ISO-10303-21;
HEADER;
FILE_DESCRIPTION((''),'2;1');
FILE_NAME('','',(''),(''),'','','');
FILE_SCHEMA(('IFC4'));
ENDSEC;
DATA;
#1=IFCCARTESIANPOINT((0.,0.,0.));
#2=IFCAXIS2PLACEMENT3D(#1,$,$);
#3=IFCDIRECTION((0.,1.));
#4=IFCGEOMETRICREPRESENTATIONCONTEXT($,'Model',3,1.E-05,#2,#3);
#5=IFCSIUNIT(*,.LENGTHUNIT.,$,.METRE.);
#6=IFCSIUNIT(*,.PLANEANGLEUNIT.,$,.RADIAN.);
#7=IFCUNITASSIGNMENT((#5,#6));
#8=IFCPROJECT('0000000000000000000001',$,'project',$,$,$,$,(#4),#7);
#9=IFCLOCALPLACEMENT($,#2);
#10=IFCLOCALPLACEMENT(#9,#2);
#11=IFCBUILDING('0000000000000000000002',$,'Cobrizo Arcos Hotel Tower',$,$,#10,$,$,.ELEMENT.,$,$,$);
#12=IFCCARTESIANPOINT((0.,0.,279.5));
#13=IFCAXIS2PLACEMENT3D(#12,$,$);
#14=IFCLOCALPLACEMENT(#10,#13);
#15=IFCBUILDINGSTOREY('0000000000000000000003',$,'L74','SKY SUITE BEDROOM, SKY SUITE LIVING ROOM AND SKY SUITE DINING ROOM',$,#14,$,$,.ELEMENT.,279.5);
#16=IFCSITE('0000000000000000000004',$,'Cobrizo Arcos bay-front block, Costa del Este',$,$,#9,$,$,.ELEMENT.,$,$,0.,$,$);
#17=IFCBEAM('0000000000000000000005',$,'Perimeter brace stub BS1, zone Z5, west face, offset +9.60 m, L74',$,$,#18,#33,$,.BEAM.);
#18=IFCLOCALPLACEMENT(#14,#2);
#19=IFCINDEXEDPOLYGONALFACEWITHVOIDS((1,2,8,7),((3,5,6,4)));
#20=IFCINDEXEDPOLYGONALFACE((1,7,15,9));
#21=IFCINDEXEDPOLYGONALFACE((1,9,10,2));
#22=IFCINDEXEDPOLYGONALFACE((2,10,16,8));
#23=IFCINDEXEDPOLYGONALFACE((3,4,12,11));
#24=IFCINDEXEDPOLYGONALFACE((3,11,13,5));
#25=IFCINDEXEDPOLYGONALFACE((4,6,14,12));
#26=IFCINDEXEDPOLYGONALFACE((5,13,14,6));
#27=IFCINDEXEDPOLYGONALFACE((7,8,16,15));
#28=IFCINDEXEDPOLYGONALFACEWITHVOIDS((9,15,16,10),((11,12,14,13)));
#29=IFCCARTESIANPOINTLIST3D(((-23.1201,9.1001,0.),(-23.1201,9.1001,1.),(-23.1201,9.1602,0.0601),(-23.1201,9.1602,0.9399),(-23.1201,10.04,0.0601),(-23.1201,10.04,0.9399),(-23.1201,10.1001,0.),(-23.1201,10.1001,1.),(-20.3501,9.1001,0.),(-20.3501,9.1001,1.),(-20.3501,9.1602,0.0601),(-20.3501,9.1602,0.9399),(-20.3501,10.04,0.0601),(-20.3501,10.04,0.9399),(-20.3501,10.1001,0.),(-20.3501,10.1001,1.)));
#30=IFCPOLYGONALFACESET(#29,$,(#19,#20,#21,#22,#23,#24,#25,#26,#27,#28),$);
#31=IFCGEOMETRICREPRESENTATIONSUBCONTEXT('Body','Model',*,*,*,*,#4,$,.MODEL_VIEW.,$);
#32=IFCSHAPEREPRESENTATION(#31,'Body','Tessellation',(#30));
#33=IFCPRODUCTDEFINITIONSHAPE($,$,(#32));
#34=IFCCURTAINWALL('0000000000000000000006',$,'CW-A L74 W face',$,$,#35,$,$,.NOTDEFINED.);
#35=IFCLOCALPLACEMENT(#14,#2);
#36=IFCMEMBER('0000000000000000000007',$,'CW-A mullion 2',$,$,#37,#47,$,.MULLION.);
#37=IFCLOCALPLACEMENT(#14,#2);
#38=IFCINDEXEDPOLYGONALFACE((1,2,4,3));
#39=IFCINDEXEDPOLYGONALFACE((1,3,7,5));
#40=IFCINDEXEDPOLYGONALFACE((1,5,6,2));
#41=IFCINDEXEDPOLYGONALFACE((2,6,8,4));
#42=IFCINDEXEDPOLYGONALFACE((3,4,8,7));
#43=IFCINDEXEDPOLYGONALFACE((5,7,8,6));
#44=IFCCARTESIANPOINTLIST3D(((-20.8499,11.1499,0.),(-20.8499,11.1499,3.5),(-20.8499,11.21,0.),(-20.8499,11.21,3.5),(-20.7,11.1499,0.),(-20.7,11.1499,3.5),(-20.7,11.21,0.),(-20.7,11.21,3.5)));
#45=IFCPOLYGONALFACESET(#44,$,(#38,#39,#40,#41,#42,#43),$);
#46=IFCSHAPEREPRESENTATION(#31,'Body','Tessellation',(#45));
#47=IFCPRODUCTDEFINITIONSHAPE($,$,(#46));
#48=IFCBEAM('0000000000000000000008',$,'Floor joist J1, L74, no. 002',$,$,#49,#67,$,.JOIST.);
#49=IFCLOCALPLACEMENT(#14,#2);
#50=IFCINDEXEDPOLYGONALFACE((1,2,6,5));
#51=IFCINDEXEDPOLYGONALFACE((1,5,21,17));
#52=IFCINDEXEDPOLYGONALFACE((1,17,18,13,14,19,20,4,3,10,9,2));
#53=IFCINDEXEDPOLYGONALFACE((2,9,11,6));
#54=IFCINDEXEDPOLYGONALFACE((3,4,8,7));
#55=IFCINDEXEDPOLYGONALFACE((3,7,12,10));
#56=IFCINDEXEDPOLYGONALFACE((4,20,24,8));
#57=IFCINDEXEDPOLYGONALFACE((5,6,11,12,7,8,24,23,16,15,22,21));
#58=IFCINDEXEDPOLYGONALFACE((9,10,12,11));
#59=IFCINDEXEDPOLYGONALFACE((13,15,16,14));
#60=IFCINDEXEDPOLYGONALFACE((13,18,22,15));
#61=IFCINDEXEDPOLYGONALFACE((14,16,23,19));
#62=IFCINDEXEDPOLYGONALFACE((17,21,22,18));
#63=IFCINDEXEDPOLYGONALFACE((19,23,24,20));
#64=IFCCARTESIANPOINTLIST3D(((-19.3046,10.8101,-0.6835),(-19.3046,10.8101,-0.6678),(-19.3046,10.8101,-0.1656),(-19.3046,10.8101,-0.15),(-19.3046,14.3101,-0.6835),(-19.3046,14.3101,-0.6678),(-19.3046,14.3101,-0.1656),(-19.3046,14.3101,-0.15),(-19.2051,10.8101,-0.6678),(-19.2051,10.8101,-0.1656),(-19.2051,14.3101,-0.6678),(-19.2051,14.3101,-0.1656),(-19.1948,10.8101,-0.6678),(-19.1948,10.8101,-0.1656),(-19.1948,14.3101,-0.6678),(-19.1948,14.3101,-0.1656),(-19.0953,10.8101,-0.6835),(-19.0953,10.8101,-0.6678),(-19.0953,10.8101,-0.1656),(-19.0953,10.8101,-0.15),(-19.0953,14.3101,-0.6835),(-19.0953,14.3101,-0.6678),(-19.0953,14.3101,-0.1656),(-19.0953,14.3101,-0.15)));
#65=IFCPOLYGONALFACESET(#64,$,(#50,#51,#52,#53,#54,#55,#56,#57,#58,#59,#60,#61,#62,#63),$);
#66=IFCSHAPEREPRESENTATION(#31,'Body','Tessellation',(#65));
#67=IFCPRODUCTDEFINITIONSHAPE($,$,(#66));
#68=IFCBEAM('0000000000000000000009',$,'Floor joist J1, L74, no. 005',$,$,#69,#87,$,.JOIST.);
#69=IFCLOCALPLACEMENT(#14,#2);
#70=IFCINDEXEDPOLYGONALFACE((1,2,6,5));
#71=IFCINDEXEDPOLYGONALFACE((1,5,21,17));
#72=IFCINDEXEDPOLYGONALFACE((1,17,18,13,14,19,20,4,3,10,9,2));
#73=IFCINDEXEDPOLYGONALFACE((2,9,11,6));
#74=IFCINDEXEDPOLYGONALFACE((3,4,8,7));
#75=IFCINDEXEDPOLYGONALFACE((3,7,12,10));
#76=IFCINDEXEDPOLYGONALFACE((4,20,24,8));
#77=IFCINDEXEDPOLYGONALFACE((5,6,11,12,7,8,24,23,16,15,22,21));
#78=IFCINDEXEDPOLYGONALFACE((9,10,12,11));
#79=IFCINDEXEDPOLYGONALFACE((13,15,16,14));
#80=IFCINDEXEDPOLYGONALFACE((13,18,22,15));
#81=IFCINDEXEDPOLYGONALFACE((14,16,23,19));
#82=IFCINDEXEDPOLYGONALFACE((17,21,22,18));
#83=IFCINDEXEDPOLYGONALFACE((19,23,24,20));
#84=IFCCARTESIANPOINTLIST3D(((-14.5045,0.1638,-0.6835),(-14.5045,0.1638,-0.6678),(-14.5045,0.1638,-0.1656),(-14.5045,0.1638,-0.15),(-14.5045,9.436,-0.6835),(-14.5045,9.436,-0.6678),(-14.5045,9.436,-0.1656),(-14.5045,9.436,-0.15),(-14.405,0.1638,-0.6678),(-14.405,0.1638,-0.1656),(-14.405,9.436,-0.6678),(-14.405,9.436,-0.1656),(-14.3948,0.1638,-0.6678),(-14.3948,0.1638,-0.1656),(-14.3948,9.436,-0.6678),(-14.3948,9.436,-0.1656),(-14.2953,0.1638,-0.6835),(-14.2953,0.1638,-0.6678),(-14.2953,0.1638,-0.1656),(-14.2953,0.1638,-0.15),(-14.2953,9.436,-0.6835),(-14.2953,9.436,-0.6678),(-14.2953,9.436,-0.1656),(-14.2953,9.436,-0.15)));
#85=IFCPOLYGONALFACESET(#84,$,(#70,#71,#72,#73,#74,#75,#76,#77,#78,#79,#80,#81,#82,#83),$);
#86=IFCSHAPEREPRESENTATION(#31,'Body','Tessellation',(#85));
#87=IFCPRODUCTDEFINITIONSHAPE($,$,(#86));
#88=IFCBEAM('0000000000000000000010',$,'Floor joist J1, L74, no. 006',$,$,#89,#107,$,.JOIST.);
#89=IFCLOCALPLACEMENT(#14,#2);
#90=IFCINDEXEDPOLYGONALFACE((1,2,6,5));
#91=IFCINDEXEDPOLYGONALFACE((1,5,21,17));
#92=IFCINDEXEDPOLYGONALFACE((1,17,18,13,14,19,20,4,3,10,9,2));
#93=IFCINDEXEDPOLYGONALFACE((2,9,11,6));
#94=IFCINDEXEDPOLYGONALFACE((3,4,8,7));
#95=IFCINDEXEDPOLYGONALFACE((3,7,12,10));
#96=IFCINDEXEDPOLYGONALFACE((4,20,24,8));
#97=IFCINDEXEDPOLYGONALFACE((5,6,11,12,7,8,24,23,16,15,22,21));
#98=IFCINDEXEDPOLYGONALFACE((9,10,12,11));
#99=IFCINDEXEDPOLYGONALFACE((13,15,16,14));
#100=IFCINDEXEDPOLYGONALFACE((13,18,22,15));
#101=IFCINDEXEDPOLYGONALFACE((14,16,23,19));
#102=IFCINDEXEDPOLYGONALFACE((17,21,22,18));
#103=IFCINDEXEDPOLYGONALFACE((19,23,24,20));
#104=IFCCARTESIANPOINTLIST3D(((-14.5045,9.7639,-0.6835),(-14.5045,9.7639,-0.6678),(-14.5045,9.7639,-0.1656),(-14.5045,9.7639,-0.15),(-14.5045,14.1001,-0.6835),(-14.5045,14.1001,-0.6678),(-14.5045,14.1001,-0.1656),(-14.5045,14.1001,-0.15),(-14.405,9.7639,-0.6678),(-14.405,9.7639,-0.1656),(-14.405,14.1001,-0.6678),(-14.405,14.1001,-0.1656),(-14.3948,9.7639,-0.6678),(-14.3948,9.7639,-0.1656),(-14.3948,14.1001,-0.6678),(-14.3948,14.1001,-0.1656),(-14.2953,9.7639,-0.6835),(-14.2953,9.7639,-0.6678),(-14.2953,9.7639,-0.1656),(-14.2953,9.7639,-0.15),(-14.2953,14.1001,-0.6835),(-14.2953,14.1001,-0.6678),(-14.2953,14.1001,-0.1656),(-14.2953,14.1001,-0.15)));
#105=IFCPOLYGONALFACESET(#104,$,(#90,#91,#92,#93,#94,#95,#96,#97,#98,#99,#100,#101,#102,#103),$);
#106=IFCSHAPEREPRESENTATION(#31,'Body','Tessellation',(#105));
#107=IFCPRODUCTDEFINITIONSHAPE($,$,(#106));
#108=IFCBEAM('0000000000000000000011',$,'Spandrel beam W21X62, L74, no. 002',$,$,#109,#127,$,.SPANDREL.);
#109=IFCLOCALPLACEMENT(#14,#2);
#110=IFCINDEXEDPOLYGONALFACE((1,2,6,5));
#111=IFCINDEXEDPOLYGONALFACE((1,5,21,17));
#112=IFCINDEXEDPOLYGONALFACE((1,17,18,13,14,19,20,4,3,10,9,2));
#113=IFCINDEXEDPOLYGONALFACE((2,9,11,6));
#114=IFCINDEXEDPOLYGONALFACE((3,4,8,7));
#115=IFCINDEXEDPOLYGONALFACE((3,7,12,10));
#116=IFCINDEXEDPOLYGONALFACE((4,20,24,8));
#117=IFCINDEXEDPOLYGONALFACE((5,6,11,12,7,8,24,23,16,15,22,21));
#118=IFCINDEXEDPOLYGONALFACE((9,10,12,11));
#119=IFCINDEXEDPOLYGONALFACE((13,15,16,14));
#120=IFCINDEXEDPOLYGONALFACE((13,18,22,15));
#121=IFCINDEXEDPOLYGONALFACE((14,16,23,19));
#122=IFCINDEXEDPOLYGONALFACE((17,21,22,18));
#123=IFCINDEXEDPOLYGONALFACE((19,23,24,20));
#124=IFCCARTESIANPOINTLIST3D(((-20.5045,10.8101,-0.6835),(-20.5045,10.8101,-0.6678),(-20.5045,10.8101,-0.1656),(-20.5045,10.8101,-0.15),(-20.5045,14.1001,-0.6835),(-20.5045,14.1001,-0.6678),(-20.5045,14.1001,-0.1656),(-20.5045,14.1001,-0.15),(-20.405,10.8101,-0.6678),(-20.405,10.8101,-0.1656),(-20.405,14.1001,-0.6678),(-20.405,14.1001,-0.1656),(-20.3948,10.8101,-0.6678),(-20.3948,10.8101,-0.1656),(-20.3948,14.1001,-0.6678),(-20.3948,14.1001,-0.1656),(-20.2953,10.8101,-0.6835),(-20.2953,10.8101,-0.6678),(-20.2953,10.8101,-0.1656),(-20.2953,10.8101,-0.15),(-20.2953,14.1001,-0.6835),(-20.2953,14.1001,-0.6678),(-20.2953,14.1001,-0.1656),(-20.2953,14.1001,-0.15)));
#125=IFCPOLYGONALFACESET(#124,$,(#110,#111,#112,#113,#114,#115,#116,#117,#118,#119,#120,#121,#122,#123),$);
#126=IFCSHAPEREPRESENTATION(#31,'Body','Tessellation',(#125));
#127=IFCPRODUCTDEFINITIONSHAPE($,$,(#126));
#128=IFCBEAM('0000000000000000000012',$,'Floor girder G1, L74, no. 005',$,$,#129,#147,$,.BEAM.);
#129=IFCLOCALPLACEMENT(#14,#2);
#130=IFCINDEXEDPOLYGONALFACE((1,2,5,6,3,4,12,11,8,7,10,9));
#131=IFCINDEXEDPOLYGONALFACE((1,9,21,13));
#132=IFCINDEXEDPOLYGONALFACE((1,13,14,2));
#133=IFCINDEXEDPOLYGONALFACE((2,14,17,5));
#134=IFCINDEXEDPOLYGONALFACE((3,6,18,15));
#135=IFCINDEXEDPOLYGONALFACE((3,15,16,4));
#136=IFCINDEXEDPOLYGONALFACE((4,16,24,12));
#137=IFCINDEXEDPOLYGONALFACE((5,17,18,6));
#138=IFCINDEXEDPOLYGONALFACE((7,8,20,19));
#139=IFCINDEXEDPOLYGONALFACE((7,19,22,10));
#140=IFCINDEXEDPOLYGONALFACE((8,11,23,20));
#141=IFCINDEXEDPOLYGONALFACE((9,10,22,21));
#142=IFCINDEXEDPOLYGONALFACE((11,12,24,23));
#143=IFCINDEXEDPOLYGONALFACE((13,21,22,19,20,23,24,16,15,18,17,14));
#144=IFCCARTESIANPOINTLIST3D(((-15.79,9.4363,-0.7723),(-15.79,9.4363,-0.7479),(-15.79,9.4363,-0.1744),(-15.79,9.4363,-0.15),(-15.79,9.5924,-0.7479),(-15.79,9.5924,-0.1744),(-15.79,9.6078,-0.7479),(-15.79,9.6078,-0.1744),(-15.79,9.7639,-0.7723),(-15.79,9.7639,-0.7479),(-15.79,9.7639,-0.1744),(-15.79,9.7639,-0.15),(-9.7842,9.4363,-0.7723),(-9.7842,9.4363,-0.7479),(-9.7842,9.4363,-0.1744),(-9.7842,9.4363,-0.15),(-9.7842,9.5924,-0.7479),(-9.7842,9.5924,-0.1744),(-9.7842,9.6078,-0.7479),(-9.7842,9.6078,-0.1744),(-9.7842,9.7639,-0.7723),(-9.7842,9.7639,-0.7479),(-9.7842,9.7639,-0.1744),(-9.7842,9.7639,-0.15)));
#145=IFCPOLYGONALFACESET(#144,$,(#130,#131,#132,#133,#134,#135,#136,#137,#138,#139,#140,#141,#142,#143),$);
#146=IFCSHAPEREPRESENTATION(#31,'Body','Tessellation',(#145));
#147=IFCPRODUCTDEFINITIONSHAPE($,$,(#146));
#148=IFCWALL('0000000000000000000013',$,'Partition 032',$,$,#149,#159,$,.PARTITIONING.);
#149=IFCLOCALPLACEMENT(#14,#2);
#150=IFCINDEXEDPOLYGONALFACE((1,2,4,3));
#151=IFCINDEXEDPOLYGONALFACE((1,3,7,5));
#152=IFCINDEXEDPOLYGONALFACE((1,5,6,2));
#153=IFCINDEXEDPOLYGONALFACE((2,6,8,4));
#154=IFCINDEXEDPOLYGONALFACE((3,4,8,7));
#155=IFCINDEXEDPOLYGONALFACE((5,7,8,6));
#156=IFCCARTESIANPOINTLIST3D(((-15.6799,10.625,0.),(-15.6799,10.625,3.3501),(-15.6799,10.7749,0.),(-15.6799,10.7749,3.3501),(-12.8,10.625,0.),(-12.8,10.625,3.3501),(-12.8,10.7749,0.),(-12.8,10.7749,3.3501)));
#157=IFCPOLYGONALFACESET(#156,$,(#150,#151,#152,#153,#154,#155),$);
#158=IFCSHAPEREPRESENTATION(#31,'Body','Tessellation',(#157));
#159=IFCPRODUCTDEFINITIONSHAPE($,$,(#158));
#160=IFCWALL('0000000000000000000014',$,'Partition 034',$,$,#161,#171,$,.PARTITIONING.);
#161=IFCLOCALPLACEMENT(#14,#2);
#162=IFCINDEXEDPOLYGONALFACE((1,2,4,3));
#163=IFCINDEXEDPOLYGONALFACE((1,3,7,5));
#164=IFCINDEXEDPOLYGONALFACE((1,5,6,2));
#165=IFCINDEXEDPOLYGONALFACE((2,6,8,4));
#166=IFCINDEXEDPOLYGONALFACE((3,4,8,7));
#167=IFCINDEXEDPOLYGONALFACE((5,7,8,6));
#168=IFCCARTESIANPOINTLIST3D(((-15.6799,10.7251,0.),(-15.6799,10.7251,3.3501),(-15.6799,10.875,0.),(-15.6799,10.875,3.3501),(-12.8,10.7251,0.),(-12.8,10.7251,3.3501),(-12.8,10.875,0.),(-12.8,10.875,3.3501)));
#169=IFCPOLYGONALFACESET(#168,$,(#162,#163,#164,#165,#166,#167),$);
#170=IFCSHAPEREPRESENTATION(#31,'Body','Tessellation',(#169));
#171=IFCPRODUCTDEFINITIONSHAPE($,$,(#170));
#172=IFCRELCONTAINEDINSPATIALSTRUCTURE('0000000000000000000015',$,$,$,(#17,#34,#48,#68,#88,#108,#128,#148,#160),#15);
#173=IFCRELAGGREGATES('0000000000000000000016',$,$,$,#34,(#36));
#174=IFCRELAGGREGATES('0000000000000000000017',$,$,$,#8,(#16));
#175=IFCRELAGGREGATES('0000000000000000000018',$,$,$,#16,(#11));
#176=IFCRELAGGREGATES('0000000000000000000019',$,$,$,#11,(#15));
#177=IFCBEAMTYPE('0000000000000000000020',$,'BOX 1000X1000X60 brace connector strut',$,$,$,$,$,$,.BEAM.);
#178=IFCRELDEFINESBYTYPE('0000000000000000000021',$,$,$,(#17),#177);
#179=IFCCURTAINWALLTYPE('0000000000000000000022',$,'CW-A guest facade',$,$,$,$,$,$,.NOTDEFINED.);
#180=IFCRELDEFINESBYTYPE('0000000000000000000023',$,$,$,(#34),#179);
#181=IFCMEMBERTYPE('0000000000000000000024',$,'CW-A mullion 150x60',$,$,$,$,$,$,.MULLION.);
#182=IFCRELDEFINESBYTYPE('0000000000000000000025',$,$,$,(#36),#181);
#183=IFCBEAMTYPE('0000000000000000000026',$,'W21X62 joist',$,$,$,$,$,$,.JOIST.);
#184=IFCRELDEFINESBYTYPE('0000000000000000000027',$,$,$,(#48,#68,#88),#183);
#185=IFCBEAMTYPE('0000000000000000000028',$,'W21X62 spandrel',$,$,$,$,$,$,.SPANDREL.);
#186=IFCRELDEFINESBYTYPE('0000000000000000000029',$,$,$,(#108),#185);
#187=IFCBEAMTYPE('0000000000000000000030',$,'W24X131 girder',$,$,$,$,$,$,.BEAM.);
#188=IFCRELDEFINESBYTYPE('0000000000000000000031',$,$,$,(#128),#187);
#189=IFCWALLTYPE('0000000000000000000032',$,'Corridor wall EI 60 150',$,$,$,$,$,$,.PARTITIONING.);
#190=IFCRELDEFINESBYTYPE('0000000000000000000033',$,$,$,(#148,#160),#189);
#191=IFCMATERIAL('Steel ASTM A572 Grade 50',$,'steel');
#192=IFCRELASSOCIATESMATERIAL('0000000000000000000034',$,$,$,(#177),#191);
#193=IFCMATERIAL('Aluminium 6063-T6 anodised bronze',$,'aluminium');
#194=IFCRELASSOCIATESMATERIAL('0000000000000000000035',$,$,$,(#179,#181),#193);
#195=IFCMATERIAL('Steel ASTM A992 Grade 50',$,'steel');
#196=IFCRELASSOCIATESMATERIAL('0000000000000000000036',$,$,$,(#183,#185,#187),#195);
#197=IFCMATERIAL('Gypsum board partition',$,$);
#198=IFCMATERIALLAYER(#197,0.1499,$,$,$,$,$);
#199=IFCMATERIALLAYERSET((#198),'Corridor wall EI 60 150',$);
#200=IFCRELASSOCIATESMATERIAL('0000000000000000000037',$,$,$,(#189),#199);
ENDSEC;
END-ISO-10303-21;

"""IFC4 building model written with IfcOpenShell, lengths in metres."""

from ifc_helpers import new_model, si_unit, direction, frame, frame_2d, origin, origin_2d, place, context, subcontext, project, spatial, rectangle, hollow_rectangle, i_section, extrude, material, layer, layer_set, material_profile, profile_set, type_object, element, aggregate, save


model = new_model("IFC4")

# Units and contexts
model_context = context("Model", 3, precision=1e-05, world=origin(), true_north=direction((0.0, 1.0)))
body_context = subcontext(model_context, "Body", "Model", "MODEL_VIEW")
ifc_project = project(units=[si_unit("LENGTHUNIT", "METRE"), si_unit("PLANEANGLEUNIT", "RADIAN")], contexts=[model_context])

# Site, building, storey
site_placement = place(None, origin())
site = spatial("IfcSite", under=ifc_project, at=site_placement, Name="Cobrizo Arcos bay-front block, Costa del Este", CompositionType="ELEMENT", RefElevation=0.0)
building_placement = place(site_placement, origin())
building = spatial("IfcBuilding", under=site, at=building_placement, Name="Cobrizo Arcos Hotel Tower", CompositionType="ELEMENT")
storey_placement = place(building_placement, frame((0.0, 0.0, 279.5)))
storey = spatial("IfcBuildingStorey", under=building, at=storey_placement, Name="L74", Description="SKY SUITE BEDROOM, SKY SUITE LIVING ROOM AND SKY SUITE DINING ROOM", CompositionType="ELEMENT", Elevation=279.5)

# Beam
ifc_material_1 = material(Name="Steel ASTM A572 Grade 50", Category="steel")
ifc_material_profile_1 = material_profile(ifc_material_1, hollow_rectangle(XDim=1.0, YDim=1.0, WallThickness=0.0601, at=origin_2d()), Name="BOX 1000X1000X60")
ifc_profile_set_1 = profile_set([ifc_material_profile_1], Name="Steel ASTM A572 Grade 50")
beam_type_1 = type_object("IfcBeamType", Name="BOX 1000X1000X60 brace connector strut", PredefinedType="BEAM", material=ifc_profile_set_1)
beam_1_placement = place(storey_placement, frame((-20.3501, 9.6001, 0.5), z_axis=(-1.0, 0.0, 0.0), x_axis=(0.0, -1.0, 0.0)))
element("IfcBeam", 1, at=beam_1_placement, inside=storey, type_object=beam_type_1, Name="Perimeter brace stub BS1, zone Z5, west face, offset +9.60 m, L74", PredefinedType="BEAM", context=body_context, shape_type="SweptSolid", body=[
    extrude(hollow_rectangle(XDim=1.0, YDim=1.0, WallThickness=0.0601, at=origin_2d()), origin(), (0.0, 0.0, 1.0), 2.77),
])

# Curtain wall, member
ifc_material_2 = material(Name="Aluminium 6063-T6 anodised bronze", Category="aluminium")
curtain_wall_type = type_object("IfcCurtainWallType", Name="CW-A guest facade", PredefinedType="NOTDEFINED", material=ifc_material_2)
curtain_wall_placement = place(storey_placement, origin())
curtain_wall = element("IfcCurtainWall", 2, at=curtain_wall_placement, inside=storey, type_object=curtain_wall_type, Name="CW-A L74 W face", PredefinedType="NOTDEFINED")
ifc_material_profile_2 = material_profile(ifc_material_2, rectangle(XDim=0.1499, YDim=0.0601, at=origin_2d()), Name="CW-A mullion 150x60")
ifc_profile_set_2 = profile_set([ifc_material_profile_2], Name="Aluminium 6063-T6 anodised bronze")
member_type = type_object("IfcMemberType", Name="CW-A mullion 150x60", PredefinedType="MULLION", material=ifc_profile_set_2)
member_placement = place(storey_placement, frame((-20.7749, 11.1799, 0.0), z_axis=(0.0, 0.0, 1.0), x_axis=(-1.0, 0.0, 0.0)))
member = element("IfcMember", 3, at=member_placement, type_object=member_type, Name="CW-A mullion 2", PredefinedType="MULLION", context=body_context, shape_type="SweptSolid", body=[
    extrude(rectangle(XDim=0.1499, YDim=0.0601, at=origin_2d()), origin(), (0.0, 0.0, 1.0), 3.5),
])
aggregate(curtain_wall, [member])

# Beams
ifc_material_3 = material(Name="Steel ASTM A992 Grade 50", Category="steel")
ifc_material_profile_3 = material_profile(ifc_material_3, i_section(OverallWidth=0.2092, OverallDepth=0.5334, WebThickness=0.0103, FlangeThickness=0.0156, at=origin_2d()), Name="W21X62")
ifc_profile_set_3 = profile_set([ifc_material_profile_3], Name="Steel ASTM A992 Grade 50")
beam_type_2 = type_object("IfcBeamType", Name="W21X62 joist", PredefinedType="JOIST", material=ifc_profile_set_3)
beam_2_placement = place(storey_placement, frame((-19.2, 10.8101, -0.4167), z_axis=(0.0, 1.0, 0.0), x_axis=(-1.0, 0.0, 0.0)))
element("IfcBeam", 4, at=beam_2_placement, inside=storey, type_object=beam_type_2, Name="Floor joist J1, L74, no. 002", PredefinedType="JOIST", context=body_context, shape_type="SweptSolid", body=[
    extrude(i_section(OverallWidth=0.2092, OverallDepth=0.5334, WebThickness=0.0103, FlangeThickness=0.0156, at=origin_2d()), origin(), (0.0, 0.0, 1.0), 3.5),
])
beam_3_placement = place(storey_placement, frame((-14.3999, 0.1638, -0.4167), z_axis=(0.0, 1.0, 0.0), x_axis=(-1.0, 0.0, 0.0)))
element("IfcBeam", 5, at=beam_3_placement, inside=storey, type_object=beam_type_2, Name="Floor joist J1, L74, no. 005", PredefinedType="JOIST", context=body_context, shape_type="SweptSolid", body=[
    extrude(i_section(OverallWidth=0.2092, OverallDepth=0.5334, WebThickness=0.0103, FlangeThickness=0.0156, at=origin_2d()), origin(), (0.0, 0.0, 1.0), 9.2722),
])
beam_4_placement = place(storey_placement, frame((-14.3999, 9.7639, -0.4167), z_axis=(0.0, 1.0, 0.0), x_axis=(-1.0, 0.0, 0.0)))
element("IfcBeam", 6, at=beam_4_placement, inside=storey, type_object=beam_type_2, Name="Floor joist J1, L74, no. 006", PredefinedType="JOIST", context=body_context, shape_type="SweptSolid", body=[
    extrude(i_section(OverallWidth=0.2092, OverallDepth=0.5334, WebThickness=0.0103, FlangeThickness=0.0156, at=origin_2d()), origin(), (0.0, 0.0, 1.0), 4.3362),
])
ifc_material_profile_4 = material_profile(ifc_material_3, i_section(OverallWidth=0.2092, OverallDepth=0.5334, WebThickness=0.0103, FlangeThickness=0.0156, at=origin_2d()), Name="W21X62")
ifc_profile_set_4 = profile_set([ifc_material_profile_4], Name="Steel ASTM A992 Grade 50")
beam_type_3 = type_object("IfcBeamType", Name="W21X62 spandrel", PredefinedType="SPANDREL", material=ifc_profile_set_4)
beam_5_placement = place(storey_placement, frame((-20.3999, 10.8101, -0.4167), z_axis=(0.0, 1.0, 0.0), x_axis=(-1.0, 0.0, 0.0)))
element("IfcBeam", 7, at=beam_5_placement, inside=storey, type_object=beam_type_3, Name="Spandrel beam W21X62, L74, no. 002", PredefinedType="SPANDREL", context=body_context, shape_type="SweptSolid", body=[
    extrude(i_section(OverallWidth=0.2092, OverallDepth=0.5334, WebThickness=0.0103, FlangeThickness=0.0156, at=origin_2d()), origin(), (0.0, 0.0, 1.0), 3.29),
])
ifc_material_profile_5 = material_profile(ifc_material_3, i_section(OverallWidth=0.3276, OverallDepth=0.6223, WebThickness=0.0154, FlangeThickness=0.0244, at=origin_2d()), Name="W24X131")
ifc_profile_set_5 = profile_set([ifc_material_profile_5], Name="Steel ASTM A992 Grade 50")
beam_type_4 = type_object("IfcBeamType", Name="W24X131 girder", PredefinedType="BEAM", material=ifc_profile_set_5)
beam_6_placement = place(storey_placement, frame((-15.79, 9.6001, -0.4612), z_axis=(1.0, 0.0, 0.0), x_axis=(0.0, 1.0, 0.0)))
element("IfcBeam", 8, at=beam_6_placement, inside=storey, type_object=beam_type_4, Name="Floor girder G1, L74, no. 005", PredefinedType="BEAM", context=body_context, shape_type="SweptSolid", body=[
    extrude(i_section(OverallWidth=0.3276, OverallDepth=0.6223, WebThickness=0.0154, FlangeThickness=0.0244, at=origin_2d()), origin(), (0.0, 0.0, 1.0), 6.0059),
])

# Walls
ifc_material_4 = material(Name="Gypsum board partition")
ifc_layer_1 = layer(ifc_material_4, 0.1499)
ifc_layer_set_1 = layer_set([ifc_layer_1], Name="Corridor wall EI 60 150")
wall_type_1 = type_object("IfcWallType", Name="Corridor wall EI 60 150", PredefinedType="PARTITIONING", material=ifc_layer_set_1)
for number, where, z_axis, x_axis, name in (
    (9, (-15.6799, 10.7, 0.0), (0.0, 0.0, 1.0), (1.0, 0.0, 0.0), "Partition 032"),
    (10, (-15.6799, 10.8, 0.0), (0.0, 0.0, 1.0), (1.0, 0.0, 0.0), "Partition 034"),
):
    element("IfcWall", number, at=place(storey_placement, frame(where, z_axis=z_axis, x_axis=x_axis)), inside=storey, type_object=wall_type_1, Name=name, PredefinedType="PARTITIONING", context=body_context, shape_type="SweptSolid", body=[
        extrude(rectangle(XDim=2.8799, YDim=0.1499, at=frame_2d((1.4399, 0.0))), origin(), (0.0, 0.0, 1.0), 3.3501),
    ])

save(model, "model.ifc")
